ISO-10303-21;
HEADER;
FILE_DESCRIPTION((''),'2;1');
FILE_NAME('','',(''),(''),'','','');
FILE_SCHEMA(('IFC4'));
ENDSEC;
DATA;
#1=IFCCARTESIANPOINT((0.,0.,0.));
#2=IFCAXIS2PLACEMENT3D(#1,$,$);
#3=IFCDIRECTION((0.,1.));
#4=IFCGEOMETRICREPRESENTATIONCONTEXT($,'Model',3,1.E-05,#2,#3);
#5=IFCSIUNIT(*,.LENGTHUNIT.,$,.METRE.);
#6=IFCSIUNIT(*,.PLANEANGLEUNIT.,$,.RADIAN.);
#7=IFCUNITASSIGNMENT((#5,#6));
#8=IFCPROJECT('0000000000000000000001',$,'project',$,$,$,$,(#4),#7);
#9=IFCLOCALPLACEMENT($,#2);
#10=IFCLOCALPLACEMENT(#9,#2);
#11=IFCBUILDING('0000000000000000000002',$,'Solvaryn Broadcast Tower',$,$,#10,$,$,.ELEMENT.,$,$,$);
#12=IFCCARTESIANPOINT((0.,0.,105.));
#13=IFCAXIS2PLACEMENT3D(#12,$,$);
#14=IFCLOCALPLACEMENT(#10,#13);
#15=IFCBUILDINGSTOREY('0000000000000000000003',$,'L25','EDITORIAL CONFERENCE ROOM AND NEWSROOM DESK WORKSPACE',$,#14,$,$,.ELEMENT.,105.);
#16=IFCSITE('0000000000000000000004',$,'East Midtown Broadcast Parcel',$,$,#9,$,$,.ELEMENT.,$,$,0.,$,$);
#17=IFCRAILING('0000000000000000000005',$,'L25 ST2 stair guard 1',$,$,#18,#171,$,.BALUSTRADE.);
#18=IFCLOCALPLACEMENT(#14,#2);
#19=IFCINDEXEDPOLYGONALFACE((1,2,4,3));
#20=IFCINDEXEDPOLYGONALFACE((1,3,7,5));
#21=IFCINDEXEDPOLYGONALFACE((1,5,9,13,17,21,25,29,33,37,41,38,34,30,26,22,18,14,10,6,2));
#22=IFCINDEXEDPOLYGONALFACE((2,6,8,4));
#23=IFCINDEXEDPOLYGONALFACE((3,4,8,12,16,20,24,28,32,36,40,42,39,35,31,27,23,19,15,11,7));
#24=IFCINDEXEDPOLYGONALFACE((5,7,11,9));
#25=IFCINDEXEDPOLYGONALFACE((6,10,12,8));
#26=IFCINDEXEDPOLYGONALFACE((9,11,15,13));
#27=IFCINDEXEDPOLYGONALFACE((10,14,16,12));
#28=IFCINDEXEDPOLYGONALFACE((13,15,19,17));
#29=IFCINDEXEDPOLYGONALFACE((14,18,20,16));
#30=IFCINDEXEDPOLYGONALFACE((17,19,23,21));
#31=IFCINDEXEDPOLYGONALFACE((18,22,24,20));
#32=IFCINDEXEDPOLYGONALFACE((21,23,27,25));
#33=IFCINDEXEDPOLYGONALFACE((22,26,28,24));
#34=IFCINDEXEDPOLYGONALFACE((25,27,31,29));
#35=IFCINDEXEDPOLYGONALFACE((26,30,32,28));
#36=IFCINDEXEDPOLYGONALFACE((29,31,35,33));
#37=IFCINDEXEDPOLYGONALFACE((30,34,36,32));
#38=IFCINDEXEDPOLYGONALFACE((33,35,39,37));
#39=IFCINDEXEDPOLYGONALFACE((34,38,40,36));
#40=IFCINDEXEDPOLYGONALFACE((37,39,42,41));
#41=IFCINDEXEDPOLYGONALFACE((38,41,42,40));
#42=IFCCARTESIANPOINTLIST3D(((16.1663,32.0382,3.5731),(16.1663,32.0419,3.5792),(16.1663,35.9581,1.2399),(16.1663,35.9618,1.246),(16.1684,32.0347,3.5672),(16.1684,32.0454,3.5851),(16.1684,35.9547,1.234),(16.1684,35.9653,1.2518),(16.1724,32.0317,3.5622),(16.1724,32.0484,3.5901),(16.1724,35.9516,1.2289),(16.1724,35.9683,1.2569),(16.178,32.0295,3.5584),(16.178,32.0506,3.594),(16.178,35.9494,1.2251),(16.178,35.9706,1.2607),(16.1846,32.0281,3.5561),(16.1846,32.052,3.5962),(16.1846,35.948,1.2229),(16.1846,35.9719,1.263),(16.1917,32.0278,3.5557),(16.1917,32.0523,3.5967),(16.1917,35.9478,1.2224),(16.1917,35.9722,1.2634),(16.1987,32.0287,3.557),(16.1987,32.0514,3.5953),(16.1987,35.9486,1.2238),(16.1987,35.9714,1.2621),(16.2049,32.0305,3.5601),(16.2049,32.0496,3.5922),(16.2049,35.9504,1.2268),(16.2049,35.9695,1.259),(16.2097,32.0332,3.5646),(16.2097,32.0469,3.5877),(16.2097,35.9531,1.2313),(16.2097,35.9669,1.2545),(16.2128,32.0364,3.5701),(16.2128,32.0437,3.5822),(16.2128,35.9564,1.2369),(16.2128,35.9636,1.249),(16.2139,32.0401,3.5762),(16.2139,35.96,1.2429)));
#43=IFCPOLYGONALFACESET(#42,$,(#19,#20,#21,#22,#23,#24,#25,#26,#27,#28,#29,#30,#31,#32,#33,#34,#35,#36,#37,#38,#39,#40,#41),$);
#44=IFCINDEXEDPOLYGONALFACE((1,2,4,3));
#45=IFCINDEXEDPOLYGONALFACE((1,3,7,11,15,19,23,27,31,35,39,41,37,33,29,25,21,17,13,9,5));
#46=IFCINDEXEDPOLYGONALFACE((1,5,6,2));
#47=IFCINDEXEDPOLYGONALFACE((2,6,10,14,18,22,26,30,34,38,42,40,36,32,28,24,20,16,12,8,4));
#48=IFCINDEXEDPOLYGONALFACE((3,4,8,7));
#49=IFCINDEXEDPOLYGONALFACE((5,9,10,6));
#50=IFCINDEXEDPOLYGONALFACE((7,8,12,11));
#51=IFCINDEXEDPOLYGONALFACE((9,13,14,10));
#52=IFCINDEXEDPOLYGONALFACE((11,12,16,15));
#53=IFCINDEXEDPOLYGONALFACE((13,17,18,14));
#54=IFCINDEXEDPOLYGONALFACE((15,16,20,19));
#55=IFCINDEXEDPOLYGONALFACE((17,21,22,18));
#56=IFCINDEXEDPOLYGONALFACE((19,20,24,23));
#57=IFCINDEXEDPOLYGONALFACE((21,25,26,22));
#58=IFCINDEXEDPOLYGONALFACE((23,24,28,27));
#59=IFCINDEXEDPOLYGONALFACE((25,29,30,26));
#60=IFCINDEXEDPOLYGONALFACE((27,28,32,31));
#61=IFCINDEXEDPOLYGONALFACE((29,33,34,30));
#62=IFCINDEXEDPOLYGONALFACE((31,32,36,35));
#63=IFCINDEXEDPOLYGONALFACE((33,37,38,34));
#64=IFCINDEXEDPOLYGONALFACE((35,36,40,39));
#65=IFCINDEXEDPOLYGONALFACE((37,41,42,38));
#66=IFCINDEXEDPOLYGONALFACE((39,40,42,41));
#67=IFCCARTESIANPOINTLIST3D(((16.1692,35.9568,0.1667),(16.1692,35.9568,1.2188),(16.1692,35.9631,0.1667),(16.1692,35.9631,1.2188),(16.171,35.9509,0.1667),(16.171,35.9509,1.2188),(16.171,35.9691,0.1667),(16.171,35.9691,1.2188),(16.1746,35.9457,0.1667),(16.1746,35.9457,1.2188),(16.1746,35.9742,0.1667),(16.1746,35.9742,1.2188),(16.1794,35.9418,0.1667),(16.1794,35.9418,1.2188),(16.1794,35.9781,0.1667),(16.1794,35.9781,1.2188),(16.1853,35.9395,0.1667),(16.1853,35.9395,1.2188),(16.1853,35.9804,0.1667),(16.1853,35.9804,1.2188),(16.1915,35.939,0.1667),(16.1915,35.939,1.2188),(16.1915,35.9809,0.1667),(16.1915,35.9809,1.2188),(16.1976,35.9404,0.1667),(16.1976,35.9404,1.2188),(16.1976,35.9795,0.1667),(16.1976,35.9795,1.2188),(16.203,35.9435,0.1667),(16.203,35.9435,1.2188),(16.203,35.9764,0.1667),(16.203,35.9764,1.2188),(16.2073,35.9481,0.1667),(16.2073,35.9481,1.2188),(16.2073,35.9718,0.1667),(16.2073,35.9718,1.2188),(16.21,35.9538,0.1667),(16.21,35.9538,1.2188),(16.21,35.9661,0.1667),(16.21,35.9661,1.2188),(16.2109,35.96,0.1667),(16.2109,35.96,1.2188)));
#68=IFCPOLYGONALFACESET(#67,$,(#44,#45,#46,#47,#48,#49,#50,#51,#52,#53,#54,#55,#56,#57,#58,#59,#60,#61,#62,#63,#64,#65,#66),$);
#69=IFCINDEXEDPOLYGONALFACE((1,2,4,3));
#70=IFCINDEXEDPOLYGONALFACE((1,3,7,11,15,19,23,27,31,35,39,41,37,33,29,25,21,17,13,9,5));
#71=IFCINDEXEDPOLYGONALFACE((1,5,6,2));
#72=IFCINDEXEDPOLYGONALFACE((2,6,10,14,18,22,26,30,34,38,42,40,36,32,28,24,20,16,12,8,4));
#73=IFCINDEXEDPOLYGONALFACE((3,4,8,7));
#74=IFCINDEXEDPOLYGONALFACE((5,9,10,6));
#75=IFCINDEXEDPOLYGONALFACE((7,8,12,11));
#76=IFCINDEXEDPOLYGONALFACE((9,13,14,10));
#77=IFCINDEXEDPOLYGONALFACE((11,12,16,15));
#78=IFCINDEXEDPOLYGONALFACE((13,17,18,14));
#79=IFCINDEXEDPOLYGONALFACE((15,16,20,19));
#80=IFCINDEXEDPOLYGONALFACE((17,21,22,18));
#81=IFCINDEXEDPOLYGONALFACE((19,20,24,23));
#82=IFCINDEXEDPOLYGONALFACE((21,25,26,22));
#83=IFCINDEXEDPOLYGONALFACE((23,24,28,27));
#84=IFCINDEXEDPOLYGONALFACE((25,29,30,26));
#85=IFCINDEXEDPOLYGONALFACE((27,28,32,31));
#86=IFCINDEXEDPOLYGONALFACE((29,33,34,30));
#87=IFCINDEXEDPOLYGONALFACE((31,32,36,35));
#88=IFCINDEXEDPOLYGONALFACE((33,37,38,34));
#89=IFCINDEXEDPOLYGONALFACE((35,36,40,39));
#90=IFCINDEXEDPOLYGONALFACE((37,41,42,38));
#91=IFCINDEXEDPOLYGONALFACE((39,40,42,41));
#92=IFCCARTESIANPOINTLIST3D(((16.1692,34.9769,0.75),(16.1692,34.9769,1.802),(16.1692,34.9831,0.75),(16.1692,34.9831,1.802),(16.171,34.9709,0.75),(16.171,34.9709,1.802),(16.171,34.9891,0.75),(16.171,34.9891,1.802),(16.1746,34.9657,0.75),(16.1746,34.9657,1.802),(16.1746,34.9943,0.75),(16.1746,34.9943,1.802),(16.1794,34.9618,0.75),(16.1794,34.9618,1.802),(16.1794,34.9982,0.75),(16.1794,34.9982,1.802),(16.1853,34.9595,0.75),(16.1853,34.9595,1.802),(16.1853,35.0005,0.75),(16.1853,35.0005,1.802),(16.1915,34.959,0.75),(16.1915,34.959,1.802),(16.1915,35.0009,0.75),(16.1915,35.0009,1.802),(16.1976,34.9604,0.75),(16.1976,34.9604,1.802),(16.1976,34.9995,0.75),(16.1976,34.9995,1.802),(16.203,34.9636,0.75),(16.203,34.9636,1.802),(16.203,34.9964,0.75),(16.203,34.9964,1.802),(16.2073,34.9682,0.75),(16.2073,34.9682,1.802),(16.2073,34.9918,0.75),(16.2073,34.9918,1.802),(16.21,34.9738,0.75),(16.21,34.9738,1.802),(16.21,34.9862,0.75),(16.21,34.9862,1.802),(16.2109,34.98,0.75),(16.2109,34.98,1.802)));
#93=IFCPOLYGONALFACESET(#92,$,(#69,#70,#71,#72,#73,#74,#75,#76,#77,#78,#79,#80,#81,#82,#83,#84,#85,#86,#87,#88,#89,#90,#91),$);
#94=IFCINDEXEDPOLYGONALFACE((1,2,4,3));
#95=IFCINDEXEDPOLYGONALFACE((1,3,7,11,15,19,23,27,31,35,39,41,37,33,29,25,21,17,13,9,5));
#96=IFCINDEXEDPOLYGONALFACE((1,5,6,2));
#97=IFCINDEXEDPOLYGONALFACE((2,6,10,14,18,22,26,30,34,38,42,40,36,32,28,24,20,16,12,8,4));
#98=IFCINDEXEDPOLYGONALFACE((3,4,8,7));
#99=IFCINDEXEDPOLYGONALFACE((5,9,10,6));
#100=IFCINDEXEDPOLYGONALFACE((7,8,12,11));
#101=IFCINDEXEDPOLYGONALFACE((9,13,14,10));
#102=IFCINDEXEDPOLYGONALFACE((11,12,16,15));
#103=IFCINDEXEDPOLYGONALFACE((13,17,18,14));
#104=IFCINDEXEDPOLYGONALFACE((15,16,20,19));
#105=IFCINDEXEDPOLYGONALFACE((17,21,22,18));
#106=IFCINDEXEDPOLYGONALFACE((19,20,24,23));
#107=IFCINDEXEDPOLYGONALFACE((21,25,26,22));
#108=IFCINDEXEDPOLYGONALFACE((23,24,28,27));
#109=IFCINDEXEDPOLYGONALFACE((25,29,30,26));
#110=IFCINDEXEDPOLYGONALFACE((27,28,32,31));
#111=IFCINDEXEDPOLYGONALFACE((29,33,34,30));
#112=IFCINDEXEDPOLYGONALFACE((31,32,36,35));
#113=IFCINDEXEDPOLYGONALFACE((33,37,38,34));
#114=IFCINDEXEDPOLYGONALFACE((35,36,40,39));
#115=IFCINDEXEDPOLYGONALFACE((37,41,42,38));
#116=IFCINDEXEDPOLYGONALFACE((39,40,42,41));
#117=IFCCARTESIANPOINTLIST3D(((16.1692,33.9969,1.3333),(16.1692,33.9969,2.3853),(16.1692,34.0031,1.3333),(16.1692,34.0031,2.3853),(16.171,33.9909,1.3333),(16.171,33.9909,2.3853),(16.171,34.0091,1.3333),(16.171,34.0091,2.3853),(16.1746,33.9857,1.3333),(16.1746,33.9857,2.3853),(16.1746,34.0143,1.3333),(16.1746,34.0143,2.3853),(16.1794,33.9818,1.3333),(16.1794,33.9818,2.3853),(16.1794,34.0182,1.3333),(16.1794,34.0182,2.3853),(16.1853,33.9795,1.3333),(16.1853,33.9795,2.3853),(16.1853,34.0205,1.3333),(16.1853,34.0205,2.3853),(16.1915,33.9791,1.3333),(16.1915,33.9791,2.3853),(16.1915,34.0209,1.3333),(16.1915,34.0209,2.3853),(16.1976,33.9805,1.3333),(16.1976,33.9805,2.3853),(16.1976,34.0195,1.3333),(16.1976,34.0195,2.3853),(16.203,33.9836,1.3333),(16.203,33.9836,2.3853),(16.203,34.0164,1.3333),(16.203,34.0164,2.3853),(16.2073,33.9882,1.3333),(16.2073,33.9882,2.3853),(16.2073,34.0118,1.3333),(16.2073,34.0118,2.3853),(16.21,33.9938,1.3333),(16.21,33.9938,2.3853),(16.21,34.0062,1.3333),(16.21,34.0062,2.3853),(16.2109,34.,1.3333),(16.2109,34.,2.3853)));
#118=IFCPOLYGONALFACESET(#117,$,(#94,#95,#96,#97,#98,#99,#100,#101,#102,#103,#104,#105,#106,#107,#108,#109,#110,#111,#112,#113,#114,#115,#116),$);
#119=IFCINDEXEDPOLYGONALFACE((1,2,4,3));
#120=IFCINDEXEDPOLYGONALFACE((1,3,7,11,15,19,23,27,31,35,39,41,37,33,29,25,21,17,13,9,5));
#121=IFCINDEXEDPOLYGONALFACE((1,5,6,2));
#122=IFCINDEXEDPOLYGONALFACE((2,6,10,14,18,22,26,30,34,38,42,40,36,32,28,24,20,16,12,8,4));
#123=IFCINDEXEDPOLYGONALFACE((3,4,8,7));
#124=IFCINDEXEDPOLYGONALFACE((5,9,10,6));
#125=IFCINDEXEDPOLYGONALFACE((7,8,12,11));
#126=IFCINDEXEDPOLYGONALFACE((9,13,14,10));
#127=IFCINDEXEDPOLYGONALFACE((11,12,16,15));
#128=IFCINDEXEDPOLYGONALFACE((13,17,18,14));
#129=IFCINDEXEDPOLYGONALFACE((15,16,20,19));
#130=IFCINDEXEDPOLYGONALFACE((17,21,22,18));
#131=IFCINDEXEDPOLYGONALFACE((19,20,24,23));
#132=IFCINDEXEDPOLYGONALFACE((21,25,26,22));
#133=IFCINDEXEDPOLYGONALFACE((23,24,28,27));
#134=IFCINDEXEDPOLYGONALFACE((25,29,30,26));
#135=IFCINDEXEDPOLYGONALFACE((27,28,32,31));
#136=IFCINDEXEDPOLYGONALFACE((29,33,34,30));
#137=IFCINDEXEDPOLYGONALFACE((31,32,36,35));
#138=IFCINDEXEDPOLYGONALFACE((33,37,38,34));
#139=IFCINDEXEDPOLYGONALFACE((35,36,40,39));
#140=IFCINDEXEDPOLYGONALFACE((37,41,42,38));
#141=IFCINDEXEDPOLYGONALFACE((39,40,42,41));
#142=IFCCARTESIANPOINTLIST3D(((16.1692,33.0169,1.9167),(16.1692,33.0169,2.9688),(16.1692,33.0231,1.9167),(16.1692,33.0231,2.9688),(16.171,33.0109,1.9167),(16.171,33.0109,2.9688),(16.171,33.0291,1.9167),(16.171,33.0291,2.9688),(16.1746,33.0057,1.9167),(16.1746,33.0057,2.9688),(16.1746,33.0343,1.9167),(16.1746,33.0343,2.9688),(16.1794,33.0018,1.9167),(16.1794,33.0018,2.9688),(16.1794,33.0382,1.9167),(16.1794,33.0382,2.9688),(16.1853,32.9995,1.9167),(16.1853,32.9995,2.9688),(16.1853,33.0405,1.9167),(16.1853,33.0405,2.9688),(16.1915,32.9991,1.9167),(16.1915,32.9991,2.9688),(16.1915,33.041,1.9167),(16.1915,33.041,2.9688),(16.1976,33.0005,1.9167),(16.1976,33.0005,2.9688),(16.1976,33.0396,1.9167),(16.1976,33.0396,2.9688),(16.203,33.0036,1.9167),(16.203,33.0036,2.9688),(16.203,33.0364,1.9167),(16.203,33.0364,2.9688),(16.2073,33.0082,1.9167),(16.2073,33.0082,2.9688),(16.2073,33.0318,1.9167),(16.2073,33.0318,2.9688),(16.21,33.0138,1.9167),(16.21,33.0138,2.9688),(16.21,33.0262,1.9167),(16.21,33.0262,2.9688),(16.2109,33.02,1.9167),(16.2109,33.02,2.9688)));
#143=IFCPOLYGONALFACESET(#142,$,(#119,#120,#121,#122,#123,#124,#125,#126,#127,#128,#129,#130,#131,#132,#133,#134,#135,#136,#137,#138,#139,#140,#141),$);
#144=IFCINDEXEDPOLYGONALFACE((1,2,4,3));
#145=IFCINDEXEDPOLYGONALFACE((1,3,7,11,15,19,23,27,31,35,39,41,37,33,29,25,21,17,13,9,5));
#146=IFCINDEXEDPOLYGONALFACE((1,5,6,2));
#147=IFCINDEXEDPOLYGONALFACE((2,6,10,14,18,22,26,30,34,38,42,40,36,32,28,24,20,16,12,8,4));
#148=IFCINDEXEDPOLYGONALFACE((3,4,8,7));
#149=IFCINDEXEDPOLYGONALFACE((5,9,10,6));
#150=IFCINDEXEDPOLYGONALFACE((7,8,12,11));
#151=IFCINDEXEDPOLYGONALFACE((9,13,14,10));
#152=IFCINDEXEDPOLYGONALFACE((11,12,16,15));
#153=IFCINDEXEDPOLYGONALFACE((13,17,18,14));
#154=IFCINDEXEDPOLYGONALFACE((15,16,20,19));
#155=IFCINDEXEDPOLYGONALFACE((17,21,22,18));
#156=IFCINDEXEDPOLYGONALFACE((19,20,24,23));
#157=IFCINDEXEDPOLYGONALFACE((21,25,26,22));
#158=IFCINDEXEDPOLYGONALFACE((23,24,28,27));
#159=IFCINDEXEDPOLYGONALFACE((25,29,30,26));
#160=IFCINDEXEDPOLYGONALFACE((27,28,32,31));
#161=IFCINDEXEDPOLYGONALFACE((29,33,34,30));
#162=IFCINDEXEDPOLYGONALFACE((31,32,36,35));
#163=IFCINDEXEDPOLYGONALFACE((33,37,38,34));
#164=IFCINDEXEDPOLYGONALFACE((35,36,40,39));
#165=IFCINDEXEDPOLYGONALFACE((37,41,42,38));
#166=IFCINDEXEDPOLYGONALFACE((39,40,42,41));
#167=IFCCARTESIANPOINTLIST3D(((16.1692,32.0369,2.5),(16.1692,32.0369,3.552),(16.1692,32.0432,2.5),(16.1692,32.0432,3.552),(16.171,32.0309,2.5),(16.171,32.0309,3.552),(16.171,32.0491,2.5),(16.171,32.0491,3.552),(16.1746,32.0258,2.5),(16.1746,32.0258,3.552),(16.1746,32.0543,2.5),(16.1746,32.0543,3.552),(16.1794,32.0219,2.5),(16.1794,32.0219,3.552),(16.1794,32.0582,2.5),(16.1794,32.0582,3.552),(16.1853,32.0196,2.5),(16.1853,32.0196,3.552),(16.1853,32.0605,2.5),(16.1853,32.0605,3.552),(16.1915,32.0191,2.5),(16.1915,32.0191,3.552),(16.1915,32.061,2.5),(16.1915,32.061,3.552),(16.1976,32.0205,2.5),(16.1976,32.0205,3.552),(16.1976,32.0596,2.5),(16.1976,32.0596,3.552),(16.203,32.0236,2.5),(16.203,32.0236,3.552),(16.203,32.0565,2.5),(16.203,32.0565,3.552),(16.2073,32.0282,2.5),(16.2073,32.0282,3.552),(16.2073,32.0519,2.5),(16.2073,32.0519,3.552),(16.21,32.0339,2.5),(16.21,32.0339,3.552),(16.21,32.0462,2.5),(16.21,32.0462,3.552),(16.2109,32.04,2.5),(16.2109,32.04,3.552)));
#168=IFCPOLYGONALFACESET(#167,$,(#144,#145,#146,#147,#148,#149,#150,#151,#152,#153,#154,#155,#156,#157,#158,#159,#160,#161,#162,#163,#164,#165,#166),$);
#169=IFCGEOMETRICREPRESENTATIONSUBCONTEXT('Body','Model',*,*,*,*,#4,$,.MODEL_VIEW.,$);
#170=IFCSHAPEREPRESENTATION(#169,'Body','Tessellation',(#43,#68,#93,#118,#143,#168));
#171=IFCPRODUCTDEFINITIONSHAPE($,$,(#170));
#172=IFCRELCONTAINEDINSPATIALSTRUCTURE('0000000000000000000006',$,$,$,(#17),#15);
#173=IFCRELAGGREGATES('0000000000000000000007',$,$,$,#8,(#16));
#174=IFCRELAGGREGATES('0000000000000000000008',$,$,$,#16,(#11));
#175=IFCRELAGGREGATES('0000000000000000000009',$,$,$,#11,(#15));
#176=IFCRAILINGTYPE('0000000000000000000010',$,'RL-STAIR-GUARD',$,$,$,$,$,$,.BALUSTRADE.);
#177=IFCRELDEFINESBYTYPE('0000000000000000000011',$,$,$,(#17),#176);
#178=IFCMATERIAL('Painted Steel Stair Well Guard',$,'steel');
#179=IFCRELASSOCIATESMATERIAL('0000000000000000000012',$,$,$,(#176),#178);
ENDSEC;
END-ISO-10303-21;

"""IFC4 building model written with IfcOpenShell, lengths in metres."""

from ifc_helpers import new_model, si_unit, direction, frame, origin, origin_2d, place, context, subcontext, project, spatial, circle, extrude, material, type_object, element, save


model = new_model("IFC4")

# Units and contexts
model_context = context("Model", 3, precision=1e-05, world=origin(), true_north=direction((0.0, 1.0)))
body_context = subcontext(model_context, "Body", "Model", "MODEL_VIEW")
ifc_project = project(units=[si_unit("LENGTHUNIT", "METRE"), si_unit("PLANEANGLEUNIT", "RADIAN")], contexts=[model_context])

# Site, building, storey
site_placement = place(None, origin())
site = spatial("IfcSite", under=ifc_project, at=site_placement, Name="East Midtown Broadcast Parcel", CompositionType="ELEMENT", RefElevation=0.0)
building_placement = place(site_placement, origin())
building = spatial("IfcBuilding", under=site, at=building_placement, Name="Solvaryn Broadcast Tower", CompositionType="ELEMENT")
storey_placement = place(building_placement, frame((0.0, 0.0, 105.0)))
storey = spatial("IfcBuildingStorey", under=building, at=storey_placement, Name="L25", Description="EDITORIAL CONFERENCE ROOM AND NEWSROOM DESK WORKSPACE", CompositionType="ELEMENT", Elevation=105.0)

# Railing
ifc_material_1 = material(Name="Painted Steel Stair Well Guard", Category="steel")
railing_type_1 = type_object("IfcRailingType", Name="RL-STAIR-GUARD", PredefinedType="BALUSTRADE", material=ifc_material_1)
railing_1_placement = place(storey_placement, frame((16.1899, 35.96, 0.1667)))
element("IfcRailing", 1, at=railing_1_placement, inside=storey, type_object=railing_type_1, Name="L25 ST2 stair guard 1", PredefinedType="BALUSTRADE", context=body_context, shape_type="SweptSolid", body=[
    extrude(circle(Radius=0.0239, at=origin_2d()), frame((0.0, 0.0, 1.0762), z_axis=(0.0, -0.859296, 0.511478), x_axis=(1.0, 0.0, 0.0)), (0.0, 0.0, 1.0), 4.5618),
    extrude(circle(Radius=0.021, at=origin_2d()), origin(), (0.0, 0.0, 1.0), 1.052),
    extrude(circle(Radius=0.021, at=origin_2d()), frame((0.0, -0.98, 0.5833)), (0.0, 0.0, 1.0), 1.052),
    extrude(circle(Radius=0.021, at=origin_2d()), frame((0.0, -1.96, 1.1665)), (0.0, 0.0, 1.0), 1.052),
    extrude(circle(Radius=0.021, at=origin_2d()), frame((0.0, -2.9399, 1.75)), (0.0, 0.0, 1.0), 1.052),
    extrude(circle(Radius=0.021, at=origin_2d()), frame((0.0, -3.9199, 2.3333)), (0.0, 0.0, 1.0), 1.052),
])

save(model, "model.ifc")
